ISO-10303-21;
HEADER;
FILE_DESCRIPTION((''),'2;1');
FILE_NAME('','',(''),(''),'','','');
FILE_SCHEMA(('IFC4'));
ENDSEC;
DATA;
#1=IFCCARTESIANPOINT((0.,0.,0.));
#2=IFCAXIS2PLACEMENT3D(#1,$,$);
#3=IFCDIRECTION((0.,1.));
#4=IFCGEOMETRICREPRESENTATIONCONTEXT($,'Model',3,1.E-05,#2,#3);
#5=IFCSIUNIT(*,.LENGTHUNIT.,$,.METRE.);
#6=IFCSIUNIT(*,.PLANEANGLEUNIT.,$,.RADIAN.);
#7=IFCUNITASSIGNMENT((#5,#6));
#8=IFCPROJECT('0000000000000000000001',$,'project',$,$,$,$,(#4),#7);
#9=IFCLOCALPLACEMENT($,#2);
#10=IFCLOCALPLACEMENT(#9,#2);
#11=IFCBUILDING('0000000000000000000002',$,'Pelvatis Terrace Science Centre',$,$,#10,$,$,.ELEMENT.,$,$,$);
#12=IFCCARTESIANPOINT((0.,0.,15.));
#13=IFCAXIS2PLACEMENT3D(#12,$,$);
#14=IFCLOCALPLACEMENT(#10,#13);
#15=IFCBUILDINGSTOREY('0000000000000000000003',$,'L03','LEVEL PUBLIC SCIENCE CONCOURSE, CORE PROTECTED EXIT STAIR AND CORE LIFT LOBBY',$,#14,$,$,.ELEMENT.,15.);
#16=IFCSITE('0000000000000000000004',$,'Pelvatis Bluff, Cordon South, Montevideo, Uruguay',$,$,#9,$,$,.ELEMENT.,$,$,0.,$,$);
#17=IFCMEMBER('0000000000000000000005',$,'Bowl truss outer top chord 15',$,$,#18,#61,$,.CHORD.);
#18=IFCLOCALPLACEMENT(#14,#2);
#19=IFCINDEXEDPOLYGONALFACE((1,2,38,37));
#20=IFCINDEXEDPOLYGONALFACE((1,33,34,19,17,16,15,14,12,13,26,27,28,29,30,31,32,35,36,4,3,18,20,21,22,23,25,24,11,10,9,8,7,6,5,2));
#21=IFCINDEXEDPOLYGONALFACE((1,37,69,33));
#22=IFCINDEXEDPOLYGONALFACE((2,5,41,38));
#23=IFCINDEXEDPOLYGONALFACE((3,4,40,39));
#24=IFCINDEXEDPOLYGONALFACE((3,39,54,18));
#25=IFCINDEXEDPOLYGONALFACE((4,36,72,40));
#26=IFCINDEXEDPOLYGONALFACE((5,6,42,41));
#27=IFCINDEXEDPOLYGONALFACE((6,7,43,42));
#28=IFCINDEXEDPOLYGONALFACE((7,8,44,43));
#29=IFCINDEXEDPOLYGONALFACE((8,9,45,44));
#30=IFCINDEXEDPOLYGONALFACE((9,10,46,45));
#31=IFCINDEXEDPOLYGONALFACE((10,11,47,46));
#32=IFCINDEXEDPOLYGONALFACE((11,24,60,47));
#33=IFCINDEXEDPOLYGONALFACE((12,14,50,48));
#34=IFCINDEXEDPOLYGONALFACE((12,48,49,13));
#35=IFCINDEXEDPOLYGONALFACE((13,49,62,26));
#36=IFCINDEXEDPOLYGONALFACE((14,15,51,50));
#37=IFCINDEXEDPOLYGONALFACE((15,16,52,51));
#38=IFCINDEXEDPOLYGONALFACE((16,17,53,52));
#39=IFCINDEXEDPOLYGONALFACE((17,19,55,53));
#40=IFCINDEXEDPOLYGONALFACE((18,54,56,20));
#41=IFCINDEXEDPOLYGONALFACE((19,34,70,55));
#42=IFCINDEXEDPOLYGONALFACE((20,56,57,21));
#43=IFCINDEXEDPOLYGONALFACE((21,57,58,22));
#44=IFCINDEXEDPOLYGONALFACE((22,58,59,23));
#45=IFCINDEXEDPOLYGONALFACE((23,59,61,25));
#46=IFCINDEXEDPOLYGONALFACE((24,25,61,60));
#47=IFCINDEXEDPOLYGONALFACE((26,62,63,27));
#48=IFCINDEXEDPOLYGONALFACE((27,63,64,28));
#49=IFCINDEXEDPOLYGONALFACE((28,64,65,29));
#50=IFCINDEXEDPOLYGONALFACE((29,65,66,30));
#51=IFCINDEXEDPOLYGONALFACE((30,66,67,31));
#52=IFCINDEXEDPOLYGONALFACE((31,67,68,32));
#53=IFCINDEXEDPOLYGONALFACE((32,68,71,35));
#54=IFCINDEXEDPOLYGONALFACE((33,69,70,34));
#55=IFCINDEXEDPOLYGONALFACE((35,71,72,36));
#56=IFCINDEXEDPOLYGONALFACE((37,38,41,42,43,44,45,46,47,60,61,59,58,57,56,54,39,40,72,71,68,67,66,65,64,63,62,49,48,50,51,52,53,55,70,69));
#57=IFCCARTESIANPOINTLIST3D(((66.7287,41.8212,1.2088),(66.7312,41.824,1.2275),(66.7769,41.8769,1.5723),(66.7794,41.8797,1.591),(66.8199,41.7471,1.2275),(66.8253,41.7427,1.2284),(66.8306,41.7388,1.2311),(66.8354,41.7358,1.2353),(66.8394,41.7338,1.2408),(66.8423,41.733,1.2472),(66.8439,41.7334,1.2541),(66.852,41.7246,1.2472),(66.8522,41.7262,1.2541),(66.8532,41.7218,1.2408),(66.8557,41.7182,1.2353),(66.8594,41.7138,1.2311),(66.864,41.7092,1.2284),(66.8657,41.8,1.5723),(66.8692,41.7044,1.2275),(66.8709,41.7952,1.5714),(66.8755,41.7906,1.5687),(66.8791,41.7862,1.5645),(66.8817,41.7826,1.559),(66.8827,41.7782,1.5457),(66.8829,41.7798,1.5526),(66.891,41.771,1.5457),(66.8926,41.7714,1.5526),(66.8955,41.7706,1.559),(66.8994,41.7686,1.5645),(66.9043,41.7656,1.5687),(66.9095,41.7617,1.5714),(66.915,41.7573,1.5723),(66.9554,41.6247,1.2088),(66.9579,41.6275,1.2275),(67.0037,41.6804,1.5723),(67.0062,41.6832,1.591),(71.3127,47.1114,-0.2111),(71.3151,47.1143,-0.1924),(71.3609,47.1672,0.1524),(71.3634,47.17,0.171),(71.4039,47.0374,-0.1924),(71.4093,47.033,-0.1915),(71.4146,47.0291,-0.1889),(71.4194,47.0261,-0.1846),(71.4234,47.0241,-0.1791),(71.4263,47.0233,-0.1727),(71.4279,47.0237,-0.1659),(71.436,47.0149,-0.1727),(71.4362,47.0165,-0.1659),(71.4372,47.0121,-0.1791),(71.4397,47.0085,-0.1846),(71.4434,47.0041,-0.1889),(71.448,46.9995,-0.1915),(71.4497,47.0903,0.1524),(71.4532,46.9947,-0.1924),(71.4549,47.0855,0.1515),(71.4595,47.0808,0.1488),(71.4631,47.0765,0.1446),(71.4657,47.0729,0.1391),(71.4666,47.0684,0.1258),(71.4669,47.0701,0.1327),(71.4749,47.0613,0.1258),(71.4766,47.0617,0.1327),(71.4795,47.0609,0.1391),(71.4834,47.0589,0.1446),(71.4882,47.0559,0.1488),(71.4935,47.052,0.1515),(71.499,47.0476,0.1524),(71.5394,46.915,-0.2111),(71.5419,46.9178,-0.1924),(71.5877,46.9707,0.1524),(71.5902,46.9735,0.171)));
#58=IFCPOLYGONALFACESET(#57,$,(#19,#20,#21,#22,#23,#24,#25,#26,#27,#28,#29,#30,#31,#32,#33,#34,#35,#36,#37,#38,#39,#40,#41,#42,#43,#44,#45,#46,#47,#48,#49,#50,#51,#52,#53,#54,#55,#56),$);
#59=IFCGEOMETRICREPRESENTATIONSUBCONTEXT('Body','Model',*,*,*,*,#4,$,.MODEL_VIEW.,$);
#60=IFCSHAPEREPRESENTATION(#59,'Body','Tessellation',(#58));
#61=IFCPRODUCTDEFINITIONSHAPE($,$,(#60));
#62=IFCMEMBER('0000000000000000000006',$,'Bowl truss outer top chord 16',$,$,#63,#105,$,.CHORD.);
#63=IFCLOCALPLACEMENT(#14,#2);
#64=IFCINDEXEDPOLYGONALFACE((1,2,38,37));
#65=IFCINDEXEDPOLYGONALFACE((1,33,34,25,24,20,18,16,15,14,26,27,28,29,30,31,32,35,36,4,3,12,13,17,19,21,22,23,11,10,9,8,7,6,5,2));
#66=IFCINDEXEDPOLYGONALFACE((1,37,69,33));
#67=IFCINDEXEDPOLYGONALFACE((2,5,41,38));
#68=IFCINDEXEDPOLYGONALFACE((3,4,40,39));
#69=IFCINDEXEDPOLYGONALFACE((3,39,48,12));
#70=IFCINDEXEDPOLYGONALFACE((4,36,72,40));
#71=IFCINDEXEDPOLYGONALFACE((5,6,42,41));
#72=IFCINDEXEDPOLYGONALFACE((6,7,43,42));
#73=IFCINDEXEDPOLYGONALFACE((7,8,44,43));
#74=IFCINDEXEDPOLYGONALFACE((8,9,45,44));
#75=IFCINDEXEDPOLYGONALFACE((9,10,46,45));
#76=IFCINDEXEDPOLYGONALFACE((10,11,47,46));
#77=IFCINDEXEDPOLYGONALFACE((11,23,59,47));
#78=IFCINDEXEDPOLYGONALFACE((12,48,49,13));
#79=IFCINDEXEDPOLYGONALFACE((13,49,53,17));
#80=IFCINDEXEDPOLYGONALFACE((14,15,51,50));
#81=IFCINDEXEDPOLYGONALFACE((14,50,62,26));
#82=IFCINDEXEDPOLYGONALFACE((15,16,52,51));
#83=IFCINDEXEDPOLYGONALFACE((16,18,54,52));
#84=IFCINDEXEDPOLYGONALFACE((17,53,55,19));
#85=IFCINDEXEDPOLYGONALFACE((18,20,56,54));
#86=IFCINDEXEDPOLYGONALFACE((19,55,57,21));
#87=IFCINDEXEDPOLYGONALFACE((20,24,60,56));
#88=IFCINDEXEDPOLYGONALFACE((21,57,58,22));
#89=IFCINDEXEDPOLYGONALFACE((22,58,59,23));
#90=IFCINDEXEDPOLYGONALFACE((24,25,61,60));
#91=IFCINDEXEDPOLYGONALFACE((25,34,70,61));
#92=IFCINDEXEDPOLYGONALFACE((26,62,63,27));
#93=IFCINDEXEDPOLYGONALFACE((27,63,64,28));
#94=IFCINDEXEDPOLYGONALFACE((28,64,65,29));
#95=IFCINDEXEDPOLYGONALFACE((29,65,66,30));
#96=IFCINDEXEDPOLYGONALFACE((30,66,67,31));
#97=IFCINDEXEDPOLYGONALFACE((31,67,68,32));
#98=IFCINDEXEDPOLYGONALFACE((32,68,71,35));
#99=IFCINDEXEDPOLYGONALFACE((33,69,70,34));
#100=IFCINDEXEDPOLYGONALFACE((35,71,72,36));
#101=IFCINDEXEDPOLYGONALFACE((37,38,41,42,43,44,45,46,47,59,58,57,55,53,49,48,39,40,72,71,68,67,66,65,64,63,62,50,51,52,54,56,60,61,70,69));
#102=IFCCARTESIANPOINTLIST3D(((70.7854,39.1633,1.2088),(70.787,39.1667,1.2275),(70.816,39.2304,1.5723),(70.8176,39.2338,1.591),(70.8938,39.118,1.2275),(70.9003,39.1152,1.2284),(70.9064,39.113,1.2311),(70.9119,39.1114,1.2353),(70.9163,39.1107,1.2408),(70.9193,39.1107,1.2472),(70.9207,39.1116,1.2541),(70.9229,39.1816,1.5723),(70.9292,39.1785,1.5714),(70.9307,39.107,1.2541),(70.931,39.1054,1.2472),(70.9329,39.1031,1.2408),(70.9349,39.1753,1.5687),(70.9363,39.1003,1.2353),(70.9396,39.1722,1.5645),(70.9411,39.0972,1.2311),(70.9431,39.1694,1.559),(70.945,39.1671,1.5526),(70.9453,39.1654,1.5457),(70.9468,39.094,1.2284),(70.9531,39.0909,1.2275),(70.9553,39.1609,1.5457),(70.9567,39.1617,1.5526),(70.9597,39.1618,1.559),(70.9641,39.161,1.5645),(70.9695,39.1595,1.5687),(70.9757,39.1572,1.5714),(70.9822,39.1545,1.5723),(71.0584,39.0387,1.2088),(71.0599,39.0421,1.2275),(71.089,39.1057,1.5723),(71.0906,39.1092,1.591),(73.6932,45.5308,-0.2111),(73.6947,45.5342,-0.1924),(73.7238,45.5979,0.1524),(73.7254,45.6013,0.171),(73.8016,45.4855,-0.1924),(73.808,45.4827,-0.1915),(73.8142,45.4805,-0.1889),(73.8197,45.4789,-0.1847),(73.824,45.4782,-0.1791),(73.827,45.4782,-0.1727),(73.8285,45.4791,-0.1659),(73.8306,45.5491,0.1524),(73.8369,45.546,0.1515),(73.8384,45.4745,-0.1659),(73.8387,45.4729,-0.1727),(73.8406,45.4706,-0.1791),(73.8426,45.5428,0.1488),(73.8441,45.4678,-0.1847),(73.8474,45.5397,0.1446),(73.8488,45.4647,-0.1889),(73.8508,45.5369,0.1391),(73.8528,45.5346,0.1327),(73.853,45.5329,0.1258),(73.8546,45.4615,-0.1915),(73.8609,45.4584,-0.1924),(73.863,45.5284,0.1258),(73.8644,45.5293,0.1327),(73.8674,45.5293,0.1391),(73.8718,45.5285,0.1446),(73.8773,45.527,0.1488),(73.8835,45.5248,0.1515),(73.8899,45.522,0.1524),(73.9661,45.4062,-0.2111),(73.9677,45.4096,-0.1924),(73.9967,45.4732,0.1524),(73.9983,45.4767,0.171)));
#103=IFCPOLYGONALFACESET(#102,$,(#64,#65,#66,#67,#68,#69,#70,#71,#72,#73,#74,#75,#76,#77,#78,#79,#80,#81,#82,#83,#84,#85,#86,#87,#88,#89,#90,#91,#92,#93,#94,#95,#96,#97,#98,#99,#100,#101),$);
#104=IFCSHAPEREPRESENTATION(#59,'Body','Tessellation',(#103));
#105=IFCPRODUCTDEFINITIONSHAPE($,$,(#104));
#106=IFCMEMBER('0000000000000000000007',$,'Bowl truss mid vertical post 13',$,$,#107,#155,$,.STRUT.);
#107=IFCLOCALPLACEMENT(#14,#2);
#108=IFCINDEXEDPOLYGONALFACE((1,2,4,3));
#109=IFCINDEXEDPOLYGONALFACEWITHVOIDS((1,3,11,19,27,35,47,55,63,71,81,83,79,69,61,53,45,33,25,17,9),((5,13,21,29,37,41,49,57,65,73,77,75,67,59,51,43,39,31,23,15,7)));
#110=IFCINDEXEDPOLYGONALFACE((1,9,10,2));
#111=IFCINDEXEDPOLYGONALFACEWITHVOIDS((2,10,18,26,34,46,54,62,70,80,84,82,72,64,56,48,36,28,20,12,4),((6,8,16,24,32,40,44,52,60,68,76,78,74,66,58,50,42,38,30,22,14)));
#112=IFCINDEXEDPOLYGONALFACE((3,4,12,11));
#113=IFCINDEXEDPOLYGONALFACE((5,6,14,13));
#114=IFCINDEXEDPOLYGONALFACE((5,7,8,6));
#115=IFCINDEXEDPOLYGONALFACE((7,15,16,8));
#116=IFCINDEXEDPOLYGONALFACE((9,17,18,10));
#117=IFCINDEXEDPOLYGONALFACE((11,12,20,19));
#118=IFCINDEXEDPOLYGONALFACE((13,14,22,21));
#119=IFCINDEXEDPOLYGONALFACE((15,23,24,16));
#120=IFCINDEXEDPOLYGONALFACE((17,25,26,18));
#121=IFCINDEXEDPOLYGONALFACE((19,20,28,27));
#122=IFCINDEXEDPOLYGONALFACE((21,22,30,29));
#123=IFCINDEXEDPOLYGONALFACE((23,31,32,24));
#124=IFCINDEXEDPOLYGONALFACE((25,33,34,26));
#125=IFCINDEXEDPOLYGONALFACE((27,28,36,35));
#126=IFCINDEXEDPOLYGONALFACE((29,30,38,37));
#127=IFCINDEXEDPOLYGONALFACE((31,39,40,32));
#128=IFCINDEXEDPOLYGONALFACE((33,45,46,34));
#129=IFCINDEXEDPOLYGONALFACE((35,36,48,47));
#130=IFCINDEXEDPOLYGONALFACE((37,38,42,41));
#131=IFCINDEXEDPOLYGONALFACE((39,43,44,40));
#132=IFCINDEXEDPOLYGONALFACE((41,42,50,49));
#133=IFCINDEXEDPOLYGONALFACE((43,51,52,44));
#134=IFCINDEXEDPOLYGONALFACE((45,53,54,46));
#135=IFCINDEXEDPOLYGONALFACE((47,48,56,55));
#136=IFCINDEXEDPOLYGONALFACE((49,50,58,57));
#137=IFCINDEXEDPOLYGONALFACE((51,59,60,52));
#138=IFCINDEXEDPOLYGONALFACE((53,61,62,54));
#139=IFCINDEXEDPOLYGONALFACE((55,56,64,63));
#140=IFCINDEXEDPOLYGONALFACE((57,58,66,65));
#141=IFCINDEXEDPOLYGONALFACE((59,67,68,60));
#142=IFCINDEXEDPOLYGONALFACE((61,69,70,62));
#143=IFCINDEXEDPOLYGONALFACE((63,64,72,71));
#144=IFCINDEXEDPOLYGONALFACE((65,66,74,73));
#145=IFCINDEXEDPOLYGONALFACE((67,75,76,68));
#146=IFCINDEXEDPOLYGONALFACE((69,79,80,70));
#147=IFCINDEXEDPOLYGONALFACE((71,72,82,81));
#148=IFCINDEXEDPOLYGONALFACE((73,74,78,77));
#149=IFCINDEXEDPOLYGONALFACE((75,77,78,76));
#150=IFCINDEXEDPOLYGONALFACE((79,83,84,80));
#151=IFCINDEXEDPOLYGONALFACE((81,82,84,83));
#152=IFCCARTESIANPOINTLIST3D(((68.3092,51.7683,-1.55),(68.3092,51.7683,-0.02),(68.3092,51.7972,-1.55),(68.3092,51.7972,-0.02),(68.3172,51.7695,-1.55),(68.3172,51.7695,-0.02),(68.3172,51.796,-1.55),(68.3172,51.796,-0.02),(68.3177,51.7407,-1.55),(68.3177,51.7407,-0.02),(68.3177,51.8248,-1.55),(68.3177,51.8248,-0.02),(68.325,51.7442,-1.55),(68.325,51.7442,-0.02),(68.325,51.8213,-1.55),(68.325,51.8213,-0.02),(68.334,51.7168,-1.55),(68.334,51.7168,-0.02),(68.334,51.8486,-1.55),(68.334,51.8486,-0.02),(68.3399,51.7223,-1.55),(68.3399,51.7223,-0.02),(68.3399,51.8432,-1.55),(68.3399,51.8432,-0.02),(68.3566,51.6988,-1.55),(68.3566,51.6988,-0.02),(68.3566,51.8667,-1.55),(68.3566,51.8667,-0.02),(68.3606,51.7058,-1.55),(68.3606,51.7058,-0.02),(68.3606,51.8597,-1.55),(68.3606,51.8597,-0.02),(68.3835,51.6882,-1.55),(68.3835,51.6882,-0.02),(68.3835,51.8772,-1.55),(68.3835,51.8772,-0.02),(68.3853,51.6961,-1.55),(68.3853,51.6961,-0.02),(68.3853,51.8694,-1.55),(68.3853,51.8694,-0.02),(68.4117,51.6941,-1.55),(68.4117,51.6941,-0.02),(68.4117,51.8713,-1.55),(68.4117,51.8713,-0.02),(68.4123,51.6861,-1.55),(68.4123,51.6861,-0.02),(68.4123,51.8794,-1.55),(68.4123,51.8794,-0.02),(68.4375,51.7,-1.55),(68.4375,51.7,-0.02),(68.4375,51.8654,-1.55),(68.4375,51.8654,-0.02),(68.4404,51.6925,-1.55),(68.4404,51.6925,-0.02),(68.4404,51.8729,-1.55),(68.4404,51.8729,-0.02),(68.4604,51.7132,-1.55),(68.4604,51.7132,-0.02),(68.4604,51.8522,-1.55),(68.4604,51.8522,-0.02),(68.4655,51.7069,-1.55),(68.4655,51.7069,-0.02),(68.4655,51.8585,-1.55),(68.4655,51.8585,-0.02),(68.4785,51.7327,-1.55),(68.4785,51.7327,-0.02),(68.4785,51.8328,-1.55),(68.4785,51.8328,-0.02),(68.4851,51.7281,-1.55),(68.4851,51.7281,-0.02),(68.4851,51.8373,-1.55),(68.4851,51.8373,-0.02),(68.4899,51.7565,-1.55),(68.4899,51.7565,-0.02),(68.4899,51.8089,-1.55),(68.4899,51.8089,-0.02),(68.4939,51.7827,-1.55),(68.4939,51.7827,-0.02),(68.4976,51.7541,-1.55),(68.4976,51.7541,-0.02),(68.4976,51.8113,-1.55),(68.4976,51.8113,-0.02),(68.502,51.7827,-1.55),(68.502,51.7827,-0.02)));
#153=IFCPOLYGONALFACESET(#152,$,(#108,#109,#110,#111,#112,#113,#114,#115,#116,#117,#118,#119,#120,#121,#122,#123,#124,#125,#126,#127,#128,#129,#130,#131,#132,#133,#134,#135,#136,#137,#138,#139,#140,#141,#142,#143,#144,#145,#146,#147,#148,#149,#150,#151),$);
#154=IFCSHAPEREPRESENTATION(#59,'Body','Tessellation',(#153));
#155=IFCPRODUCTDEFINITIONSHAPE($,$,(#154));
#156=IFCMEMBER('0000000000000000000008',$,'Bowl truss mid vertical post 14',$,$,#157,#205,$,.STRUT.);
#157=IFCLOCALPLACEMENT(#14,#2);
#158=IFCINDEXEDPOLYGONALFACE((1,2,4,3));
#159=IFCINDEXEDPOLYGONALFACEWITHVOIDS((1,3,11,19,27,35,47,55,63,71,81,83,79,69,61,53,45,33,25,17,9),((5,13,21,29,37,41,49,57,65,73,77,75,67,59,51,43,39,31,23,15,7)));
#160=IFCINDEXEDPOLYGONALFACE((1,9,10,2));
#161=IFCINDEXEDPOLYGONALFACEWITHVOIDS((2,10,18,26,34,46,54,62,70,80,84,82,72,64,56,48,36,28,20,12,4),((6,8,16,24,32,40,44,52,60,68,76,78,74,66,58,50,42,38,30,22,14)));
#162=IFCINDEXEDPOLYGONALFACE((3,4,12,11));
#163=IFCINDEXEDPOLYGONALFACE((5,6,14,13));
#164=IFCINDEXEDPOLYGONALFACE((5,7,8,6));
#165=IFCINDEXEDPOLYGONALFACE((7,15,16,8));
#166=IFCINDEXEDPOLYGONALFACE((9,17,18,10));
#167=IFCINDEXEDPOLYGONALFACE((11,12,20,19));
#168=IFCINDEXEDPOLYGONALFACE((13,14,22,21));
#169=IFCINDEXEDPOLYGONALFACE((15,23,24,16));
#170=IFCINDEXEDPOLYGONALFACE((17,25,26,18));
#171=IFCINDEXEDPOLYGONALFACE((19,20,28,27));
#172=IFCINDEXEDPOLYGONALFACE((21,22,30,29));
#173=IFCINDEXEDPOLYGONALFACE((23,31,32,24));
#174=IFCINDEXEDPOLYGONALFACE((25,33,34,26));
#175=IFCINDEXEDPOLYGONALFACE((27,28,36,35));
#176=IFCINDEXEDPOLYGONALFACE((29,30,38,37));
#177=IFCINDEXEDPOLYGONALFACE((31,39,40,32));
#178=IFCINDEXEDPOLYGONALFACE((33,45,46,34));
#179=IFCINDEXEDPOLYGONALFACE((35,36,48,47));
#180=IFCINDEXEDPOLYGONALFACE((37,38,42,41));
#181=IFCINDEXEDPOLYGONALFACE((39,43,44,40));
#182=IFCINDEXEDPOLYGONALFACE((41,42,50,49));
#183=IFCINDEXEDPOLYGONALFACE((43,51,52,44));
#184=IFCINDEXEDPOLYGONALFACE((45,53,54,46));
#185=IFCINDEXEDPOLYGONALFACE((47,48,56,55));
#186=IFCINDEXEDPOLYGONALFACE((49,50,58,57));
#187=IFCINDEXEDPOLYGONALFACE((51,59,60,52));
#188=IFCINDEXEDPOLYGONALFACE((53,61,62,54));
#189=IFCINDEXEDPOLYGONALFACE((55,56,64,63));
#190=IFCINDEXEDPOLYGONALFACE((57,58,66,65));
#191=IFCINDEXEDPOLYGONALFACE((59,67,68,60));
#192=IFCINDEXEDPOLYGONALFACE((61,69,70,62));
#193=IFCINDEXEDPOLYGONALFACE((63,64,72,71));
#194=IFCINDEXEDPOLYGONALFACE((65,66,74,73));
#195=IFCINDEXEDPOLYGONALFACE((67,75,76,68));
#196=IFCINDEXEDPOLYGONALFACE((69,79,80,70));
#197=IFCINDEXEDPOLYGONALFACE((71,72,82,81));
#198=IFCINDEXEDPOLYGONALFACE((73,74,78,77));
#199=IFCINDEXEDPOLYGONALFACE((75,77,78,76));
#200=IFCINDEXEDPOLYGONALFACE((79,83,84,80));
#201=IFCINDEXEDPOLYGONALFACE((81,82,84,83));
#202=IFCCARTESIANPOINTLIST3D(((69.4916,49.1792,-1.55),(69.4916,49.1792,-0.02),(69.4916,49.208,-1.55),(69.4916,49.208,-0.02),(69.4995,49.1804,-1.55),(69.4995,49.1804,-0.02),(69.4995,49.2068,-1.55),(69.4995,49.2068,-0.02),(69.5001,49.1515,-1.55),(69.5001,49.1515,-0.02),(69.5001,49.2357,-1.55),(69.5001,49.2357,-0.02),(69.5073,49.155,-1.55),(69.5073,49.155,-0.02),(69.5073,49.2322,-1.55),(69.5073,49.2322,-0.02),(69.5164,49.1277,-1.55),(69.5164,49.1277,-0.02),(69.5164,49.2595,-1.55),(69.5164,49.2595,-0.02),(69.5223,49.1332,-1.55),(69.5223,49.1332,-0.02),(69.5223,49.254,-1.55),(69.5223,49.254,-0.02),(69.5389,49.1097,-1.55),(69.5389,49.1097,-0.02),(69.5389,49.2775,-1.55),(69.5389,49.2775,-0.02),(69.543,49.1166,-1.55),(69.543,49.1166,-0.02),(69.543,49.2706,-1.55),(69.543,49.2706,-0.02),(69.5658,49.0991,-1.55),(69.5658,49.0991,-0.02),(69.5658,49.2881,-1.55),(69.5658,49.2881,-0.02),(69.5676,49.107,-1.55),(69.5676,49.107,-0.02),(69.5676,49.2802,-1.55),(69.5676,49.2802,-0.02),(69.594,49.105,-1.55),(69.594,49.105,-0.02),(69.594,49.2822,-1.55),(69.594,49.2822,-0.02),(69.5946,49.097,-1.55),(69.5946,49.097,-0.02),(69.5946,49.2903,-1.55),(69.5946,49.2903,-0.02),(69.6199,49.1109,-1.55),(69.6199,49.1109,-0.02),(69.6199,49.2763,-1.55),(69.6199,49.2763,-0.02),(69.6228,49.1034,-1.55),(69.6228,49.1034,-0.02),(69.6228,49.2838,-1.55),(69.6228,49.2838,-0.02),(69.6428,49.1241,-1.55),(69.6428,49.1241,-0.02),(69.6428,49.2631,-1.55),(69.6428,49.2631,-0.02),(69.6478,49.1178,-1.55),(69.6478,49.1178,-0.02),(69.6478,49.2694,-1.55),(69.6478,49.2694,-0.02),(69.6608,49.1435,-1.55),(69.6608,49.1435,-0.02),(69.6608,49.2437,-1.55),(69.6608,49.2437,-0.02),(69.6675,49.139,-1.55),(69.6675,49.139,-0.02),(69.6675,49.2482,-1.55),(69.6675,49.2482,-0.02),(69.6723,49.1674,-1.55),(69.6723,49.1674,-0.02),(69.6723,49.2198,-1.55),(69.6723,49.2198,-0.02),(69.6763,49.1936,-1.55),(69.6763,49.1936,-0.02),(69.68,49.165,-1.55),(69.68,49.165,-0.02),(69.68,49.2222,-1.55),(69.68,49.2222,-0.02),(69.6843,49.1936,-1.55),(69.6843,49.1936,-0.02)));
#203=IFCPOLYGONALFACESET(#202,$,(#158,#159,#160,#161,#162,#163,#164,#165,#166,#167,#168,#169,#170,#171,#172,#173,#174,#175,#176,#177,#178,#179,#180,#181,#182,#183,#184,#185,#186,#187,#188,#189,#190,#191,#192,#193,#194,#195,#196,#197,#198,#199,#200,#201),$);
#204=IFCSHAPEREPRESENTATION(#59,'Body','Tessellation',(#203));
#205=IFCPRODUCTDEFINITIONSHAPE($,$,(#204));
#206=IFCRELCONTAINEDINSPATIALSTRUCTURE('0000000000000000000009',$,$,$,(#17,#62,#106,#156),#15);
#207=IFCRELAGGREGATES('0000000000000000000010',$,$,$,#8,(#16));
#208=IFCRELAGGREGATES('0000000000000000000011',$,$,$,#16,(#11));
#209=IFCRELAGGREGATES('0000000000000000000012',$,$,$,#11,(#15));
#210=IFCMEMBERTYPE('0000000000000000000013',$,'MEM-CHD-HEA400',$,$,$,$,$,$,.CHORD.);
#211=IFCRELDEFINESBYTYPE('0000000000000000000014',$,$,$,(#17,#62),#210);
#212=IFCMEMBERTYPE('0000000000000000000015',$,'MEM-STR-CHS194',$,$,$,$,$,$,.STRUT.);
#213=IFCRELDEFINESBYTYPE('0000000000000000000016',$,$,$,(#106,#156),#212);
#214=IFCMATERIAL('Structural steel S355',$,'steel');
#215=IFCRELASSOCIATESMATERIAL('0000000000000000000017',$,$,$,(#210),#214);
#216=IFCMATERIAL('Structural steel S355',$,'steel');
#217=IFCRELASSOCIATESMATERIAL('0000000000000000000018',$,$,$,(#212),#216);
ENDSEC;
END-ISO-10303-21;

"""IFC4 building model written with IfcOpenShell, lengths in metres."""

from ifc_helpers import new_model, si_unit, direction, frame, origin, origin_2d, place, context, subcontext, project, spatial, hollow_circle, i_section, extrude, material, material_profile, profile_set, type_object, element, save


model = new_model("IFC4")

# Units and contexts
model_context = context("Model", 3, precision=1e-05, world=origin(), true_north=direction((0.0, 1.0)))
body_context = subcontext(model_context, "Body", "Model", "MODEL_VIEW")
ifc_project = project(units=[si_unit("LENGTHUNIT", "METRE"), si_unit("PLANEANGLEUNIT", "RADIAN")], contexts=[model_context])

# Site, building, storey
site_placement = place(None, origin())
site = spatial("IfcSite", under=ifc_project, at=site_placement, Name="Pelvatis Bluff, Cordon South, Montevideo, Uruguay", CompositionType="ELEMENT", RefElevation=0.0)
building_placement = place(site_placement, origin())
building = spatial("IfcBuilding", under=site, at=building_placement, Name="Pelvatis Terrace Science Centre", CompositionType="ELEMENT")
storey_placement = place(building_placement, frame((0.0, 0.0, 15.0)))
storey = spatial("IfcBuildingStorey", under=building, at=storey_placement, Name="L03", Description="LEVEL PUBLIC SCIENCE CONCOURSE, CORE PROTECTED EXIT STAIR AND CORE LIFT LOBBY", CompositionType="ELEMENT", Elevation=15.0)

# Members
ifc_material_1 = material(Name="Structural steel S355", Category="steel")
ifc_material_profile_1 = material_profile(ifc_material_1, i_section(OverallWidth=0.3, OverallDepth=0.3899, WebThickness=0.011, FlangeThickness=0.019, FilletRadius=0.0271, at=origin_2d()), Name="HEA 400")
ifc_profile_set_1 = profile_set([ifc_material_profile_1], Name="Structural steel S355")
member_type_1 = type_object("IfcMemberType", Name="MEM-CHD-HEA400", PredefinedType="CHORD", material=ifc_profile_set_1)
for number, where, z_axis, x_axis, name in (
    (1, (66.8674, 41.7522, 1.3999), (0.641784, 0.74067, -0.198797), (-0.755755, 0.654855, 0.0), "Bowl truss outer top chord 15"),
    (2, (70.938, 39.1362, 1.3999), (0.407101, 0.891486, -0.198799), (-0.909642, 0.415392, 0.0), "Bowl truss outer top chord 16"),
):
    element("IfcMember", number, at=place(storey_placement, frame(where, z_axis=z_axis, x_axis=x_axis)), inside=storey, type_object=member_type_1, Name=name, PredefinedType="CHORD", context=body_context, shape_type="SweptSolid", body=[
        extrude(i_section(OverallWidth=0.3, OverallDepth=0.3899, WebThickness=0.011, FlangeThickness=0.019, FilletRadius=0.0271, at=origin_2d()), origin(), (0.0, 0.0, 1.0), 7.1426),
    ])
ifc_material_2 = material(Name="Structural steel S355", Category="steel")
ifc_material_profile_2 = material_profile(ifc_material_2, hollow_circle(Radius=0.0969, WallThickness=0.0081, at=origin_2d()), Name="CHS 193.7x8.0")
ifc_profile_set_2 = profile_set([ifc_material_profile_2], Name="Structural steel S355")
member_type_2 = type_object("IfcMemberType", Name="MEM-STR-CHS194", PredefinedType="STRUT", material=ifc_profile_set_2)
for number, where, z_axis, x_axis, name in (
    (3, (68.405, 51.7827, -1.55), (0.0, 0.0, 1.0), (1.0, 0.0, 0.0), "Bowl truss mid vertical post 13"),
    (4, (69.5874, 49.1936, -1.55), (0.0, 0.0, 1.0), (1.0, 0.0, 0.0), "Bowl truss mid vertical post 14"),
):
    element("IfcMember", number, at=place(storey_placement, frame(where, z_axis=z_axis, x_axis=x_axis)), inside=storey, type_object=member_type_2, Name=name, PredefinedType="STRUT", context=body_context, shape_type="SweptSolid", body=[
        extrude(hollow_circle(Radius=0.0969, WallThickness=0.0081, at=origin_2d()), origin(), (0.0, 0.0, 1.0), 1.53),
    ])

save(model, "model.ifc")
